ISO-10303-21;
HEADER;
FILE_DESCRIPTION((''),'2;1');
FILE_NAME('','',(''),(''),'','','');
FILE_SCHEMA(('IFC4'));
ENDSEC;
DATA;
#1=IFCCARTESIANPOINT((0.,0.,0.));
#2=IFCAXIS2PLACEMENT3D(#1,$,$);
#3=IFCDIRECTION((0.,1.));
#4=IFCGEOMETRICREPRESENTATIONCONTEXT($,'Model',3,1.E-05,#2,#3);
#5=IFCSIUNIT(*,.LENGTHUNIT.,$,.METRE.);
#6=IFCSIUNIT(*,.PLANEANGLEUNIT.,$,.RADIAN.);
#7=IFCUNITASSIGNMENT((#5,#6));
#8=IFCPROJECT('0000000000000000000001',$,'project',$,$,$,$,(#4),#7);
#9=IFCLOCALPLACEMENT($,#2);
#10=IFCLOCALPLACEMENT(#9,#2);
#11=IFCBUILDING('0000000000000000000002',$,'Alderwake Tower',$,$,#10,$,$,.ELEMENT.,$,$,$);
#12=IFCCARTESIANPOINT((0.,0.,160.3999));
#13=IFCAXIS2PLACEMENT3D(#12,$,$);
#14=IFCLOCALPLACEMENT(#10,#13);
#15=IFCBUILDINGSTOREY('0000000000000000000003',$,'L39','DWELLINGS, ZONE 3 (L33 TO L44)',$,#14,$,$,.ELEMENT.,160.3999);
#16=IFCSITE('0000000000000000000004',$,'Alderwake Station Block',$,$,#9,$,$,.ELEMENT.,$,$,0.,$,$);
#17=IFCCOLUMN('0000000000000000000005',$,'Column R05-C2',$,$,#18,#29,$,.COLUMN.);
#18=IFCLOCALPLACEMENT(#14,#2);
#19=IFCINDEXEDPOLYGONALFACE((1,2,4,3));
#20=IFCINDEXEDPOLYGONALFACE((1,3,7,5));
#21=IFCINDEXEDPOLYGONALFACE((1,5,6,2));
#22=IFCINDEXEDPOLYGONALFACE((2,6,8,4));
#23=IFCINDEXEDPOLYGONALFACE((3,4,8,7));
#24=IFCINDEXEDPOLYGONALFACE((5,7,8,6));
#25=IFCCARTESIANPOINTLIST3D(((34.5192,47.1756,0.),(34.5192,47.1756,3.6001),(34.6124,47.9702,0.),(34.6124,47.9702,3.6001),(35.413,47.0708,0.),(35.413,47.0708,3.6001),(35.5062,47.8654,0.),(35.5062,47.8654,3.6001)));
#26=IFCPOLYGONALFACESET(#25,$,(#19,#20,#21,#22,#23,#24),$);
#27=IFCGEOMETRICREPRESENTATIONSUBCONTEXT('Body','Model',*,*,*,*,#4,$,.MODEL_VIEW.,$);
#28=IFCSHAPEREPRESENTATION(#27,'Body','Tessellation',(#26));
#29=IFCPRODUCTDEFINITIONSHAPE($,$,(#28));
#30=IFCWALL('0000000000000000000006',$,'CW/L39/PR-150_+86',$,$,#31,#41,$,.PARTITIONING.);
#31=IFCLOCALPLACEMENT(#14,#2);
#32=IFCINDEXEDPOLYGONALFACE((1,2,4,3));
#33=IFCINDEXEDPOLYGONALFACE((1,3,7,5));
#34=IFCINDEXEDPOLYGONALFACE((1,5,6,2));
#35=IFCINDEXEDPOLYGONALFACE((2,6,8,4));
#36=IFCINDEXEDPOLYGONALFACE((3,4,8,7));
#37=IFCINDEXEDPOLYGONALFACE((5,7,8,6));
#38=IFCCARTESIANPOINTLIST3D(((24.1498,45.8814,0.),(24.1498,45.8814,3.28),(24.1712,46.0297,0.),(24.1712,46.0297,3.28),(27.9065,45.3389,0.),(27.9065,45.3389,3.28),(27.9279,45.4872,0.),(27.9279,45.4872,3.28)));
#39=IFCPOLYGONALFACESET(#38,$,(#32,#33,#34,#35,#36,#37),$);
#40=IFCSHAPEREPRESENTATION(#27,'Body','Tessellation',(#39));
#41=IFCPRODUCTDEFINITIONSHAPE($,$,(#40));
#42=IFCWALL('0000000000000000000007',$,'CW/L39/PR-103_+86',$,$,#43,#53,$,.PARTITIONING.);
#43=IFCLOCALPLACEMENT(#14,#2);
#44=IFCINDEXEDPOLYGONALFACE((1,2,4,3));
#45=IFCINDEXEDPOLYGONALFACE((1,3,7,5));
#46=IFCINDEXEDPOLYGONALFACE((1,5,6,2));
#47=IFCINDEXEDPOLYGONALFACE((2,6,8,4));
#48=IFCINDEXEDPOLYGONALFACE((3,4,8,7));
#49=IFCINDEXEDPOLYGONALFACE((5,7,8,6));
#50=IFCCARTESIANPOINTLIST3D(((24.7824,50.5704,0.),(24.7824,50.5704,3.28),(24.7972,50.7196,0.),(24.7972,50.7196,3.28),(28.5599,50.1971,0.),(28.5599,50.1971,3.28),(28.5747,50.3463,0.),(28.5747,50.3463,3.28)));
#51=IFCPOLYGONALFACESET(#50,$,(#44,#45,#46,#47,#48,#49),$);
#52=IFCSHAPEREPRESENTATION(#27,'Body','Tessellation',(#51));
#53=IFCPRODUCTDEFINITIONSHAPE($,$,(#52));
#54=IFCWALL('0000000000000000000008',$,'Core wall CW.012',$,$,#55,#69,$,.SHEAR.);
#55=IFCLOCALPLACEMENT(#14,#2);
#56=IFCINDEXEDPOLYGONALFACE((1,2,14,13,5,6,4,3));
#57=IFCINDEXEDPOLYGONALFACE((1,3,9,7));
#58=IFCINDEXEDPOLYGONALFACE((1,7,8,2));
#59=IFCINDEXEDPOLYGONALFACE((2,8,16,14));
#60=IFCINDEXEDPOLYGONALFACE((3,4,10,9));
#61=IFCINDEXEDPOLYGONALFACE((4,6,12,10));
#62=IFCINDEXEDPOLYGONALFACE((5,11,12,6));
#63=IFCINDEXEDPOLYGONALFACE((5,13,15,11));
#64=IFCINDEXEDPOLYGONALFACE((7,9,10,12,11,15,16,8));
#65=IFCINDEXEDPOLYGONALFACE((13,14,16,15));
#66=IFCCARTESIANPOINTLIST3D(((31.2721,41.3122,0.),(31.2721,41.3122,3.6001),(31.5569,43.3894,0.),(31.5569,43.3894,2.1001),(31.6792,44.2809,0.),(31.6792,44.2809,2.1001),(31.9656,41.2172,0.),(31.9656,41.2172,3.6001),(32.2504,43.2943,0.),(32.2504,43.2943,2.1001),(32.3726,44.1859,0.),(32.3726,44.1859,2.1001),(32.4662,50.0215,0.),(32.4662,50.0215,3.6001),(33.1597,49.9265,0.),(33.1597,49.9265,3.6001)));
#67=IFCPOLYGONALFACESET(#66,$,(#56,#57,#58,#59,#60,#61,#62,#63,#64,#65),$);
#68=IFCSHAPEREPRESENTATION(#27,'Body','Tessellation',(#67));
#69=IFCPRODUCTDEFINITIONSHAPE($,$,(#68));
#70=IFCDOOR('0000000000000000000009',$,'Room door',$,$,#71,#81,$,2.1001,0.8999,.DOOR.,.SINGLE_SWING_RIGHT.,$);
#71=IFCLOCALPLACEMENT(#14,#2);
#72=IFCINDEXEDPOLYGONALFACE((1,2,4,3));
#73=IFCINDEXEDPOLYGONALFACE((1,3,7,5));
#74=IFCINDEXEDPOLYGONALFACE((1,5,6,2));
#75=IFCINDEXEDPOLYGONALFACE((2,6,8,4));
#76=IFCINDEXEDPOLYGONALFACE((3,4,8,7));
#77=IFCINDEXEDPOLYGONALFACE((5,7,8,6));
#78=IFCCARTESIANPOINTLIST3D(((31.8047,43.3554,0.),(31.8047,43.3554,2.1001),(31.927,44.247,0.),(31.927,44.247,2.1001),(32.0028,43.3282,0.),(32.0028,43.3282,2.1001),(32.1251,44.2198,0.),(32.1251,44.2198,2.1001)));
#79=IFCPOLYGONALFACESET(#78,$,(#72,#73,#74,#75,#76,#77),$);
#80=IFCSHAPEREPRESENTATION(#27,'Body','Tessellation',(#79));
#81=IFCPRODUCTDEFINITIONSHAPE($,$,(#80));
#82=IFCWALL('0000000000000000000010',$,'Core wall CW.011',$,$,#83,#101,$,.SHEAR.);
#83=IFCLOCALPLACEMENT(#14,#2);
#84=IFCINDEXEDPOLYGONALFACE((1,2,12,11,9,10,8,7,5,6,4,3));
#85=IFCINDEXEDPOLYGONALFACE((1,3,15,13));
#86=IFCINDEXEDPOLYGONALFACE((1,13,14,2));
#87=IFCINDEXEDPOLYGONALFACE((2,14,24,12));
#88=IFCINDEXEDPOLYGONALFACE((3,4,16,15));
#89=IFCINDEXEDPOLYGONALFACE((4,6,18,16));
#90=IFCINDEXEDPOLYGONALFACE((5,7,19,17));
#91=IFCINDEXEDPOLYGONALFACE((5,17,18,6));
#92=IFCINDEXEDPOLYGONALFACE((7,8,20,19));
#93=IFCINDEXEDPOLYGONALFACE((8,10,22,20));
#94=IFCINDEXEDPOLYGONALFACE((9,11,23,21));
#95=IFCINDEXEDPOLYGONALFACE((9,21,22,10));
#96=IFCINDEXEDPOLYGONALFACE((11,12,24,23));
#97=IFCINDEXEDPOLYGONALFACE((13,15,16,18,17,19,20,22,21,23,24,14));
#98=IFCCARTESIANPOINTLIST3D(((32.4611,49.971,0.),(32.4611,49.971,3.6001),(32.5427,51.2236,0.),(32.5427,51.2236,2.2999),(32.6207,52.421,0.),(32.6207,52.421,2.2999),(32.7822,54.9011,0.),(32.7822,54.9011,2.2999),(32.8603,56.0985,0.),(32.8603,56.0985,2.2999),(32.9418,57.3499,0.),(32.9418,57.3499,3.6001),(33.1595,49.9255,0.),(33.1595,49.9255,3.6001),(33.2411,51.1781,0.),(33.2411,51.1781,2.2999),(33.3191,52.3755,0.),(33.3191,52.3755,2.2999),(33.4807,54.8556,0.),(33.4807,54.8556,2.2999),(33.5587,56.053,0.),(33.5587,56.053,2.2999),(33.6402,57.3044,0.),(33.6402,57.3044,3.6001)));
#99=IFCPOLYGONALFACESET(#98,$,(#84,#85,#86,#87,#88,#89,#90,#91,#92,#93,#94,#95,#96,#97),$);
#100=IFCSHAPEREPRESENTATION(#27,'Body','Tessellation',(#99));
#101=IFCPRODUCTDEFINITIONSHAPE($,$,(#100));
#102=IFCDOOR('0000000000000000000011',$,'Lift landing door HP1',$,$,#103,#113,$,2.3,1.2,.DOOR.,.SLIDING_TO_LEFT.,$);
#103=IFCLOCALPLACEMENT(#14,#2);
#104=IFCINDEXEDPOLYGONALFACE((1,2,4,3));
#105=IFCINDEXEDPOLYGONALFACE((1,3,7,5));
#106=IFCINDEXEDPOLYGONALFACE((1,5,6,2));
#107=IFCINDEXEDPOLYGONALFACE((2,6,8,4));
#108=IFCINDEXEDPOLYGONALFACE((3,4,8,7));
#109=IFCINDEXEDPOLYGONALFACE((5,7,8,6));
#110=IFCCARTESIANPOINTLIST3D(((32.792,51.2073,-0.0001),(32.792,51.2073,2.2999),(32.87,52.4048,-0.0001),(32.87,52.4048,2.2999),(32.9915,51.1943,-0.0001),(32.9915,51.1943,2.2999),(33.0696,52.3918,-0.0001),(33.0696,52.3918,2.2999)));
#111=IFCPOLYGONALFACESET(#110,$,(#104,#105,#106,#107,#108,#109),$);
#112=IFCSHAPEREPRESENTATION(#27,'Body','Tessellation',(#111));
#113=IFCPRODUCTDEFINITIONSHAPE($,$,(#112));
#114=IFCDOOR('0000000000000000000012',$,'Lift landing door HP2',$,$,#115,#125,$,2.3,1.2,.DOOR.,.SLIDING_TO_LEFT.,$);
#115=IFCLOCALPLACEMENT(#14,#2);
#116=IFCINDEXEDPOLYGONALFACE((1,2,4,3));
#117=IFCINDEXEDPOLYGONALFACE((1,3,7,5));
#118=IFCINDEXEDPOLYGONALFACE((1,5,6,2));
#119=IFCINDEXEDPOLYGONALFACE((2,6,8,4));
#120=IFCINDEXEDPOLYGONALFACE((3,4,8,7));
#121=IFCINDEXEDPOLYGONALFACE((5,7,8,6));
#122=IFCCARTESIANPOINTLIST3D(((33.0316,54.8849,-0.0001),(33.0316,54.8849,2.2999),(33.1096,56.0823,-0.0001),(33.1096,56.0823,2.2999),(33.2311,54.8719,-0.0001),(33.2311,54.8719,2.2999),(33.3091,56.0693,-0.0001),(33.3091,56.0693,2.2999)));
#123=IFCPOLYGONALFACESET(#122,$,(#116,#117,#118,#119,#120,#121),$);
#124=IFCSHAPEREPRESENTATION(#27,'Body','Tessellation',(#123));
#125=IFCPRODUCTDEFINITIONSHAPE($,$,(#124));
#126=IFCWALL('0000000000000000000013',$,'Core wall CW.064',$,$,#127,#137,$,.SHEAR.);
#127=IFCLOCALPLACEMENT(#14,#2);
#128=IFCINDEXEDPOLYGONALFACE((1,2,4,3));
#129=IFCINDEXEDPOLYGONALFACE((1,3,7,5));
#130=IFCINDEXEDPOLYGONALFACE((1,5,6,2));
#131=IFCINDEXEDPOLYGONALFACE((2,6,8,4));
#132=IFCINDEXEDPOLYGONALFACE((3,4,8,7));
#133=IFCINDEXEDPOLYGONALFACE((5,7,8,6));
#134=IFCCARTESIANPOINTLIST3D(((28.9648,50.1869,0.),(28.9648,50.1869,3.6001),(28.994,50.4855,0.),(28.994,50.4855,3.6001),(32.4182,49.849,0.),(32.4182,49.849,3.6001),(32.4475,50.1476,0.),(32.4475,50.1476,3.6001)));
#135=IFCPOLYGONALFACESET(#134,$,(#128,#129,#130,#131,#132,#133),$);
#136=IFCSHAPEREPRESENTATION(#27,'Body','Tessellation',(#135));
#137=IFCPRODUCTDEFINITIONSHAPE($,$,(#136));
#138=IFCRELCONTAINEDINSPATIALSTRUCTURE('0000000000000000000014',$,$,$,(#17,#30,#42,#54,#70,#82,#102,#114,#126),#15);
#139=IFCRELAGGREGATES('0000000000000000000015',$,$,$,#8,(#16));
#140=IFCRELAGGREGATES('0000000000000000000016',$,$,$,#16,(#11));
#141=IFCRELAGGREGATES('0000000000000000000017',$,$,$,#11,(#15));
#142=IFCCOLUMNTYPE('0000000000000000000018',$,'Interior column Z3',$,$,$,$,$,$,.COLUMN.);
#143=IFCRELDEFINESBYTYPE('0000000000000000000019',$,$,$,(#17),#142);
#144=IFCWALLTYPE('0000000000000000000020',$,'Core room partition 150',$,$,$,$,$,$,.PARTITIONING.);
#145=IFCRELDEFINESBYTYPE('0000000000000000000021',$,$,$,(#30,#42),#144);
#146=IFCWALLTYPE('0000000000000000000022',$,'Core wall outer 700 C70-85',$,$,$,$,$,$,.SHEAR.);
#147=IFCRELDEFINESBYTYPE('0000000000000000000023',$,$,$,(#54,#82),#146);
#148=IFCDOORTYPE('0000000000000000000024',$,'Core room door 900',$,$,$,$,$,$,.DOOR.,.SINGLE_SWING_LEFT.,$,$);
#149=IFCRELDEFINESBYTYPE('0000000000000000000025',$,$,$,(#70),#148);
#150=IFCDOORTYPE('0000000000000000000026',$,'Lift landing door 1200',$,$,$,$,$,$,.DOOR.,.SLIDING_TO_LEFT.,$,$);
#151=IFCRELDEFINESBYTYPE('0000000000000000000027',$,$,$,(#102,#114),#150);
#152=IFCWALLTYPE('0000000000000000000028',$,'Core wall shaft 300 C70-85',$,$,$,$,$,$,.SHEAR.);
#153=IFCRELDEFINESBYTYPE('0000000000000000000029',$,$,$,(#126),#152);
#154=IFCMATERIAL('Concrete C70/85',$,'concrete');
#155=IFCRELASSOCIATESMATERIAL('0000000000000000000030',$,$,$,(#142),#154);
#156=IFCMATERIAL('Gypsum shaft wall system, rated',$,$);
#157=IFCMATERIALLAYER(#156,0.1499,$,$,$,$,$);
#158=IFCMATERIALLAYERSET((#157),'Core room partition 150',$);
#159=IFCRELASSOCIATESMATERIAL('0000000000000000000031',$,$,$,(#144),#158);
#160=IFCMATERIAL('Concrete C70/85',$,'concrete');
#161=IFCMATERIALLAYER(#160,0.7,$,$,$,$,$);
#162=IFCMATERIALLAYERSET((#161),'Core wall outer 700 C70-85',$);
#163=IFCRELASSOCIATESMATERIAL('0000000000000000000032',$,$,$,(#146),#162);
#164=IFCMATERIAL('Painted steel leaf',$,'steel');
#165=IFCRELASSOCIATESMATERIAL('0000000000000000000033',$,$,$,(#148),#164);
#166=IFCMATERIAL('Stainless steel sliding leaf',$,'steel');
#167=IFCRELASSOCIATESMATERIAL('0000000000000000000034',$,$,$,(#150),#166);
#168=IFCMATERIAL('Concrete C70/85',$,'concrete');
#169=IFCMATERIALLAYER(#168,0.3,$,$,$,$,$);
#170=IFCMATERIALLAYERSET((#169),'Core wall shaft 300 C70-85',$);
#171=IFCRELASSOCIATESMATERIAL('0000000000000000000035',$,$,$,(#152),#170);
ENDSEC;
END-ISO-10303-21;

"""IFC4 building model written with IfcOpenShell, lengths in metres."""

from ifc_helpers import new_model, si_unit, direction, frame, frame_2d, origin, origin_2d, place, context, subcontext, project, spatial, rectangle, extrude, material, layer, layer_set, material_profile, profile_set, type_object, element, fill, save


model = new_model("IFC4")

# Units and contexts
model_context = context("Model", 3, precision=1e-05, world=origin(), true_north=direction((0.0, 1.0)))
body_context = subcontext(model_context, "Body", "Model", "MODEL_VIEW")
ifc_project = project(units=[si_unit("LENGTHUNIT", "METRE"), si_unit("PLANEANGLEUNIT", "RADIAN")], contexts=[model_context])

# Site, building, storey
site_placement = place(None, origin())
site = spatial("IfcSite", under=ifc_project, at=site_placement, Name="Alderwake Station Block", CompositionType="ELEMENT", RefElevation=0.0)
building_placement = place(site_placement, origin())
building = spatial("IfcBuilding", under=site, at=building_placement, Name="Alderwake Tower", CompositionType="ELEMENT")
storey_placement = place(building_placement, frame((0.0, 0.0, 160.3999)))
storey = spatial("IfcBuildingStorey", under=building, at=storey_placement, Name="L39", Description="DWELLINGS, ZONE 3 (L33 TO L44)", CompositionType="ELEMENT", Elevation=160.3999)

# Column
ifc_material_1 = material(Name="Concrete C70/85", Category="concrete")
ifc_material_profile = material_profile(ifc_material_1, rectangle(XDim=0.8, YDim=0.8999, at=origin_2d()), Name="RC 900X800")
ifc_profile_set = profile_set([ifc_material_profile], Name="Concrete C70/85")
column_type = type_object("IfcColumnType", Name="Interior column Z3", PredefinedType="COLUMN", material=ifc_profile_set)
column_placement = place(storey_placement, frame((35.0127, 47.5205, 0.0), z_axis=(0.0, 0.0, 1.0), x_axis=(0.116402, 0.993202, 0.0)))
element("IfcColumn", 1, at=column_placement, inside=storey, type_object=column_type, Name="Column R05-C2", PredefinedType="COLUMN", context=body_context, shape_type="SweptSolid", body=[
    extrude(rectangle(XDim=0.8, YDim=0.8999, at=origin_2d()), origin(), (0.0, 0.0, 1.0), 3.6001),
])

# Walls
ifc_material_2 = material(Name="Gypsum shaft wall system, rated")
ifc_layer_1 = layer(ifc_material_2, 0.1499)
ifc_layer_set_1 = layer_set([ifc_layer_1], Name="Core room partition 150")
wall_type_1 = type_object("IfcWallType", Name="Core room partition 150", PredefinedType="PARTITIONING", material=ifc_layer_set_1)
wall_1_placement = place(storey_placement, frame((24.1604, 45.9556, 0.0), z_axis=(0.0, 0.0, 1.0), x_axis=(0.989734, -0.142925, 0.0)))
element("IfcWall", 2, at=wall_1_placement, inside=storey, type_object=wall_type_1, Name="CW/L39/PR-150_+86", PredefinedType="PARTITIONING", context=body_context, shape_type="SweptSolid", body=[
    extrude(rectangle(XDim=3.7957, YDim=0.1499, at=frame_2d((1.8979, 0.0))), origin(), (0.0, 0.0, 1.0), 3.28),
])
wall_2_placement = place(storey_placement, frame((24.7898, 50.645, 0.0), z_axis=(0.0, 0.0, 1.0), x_axis=(0.995153, -0.098338, 0.0)))
element("IfcWall", 3, at=wall_2_placement, inside=storey, type_object=wall_type_1, Name="CW/L39/PR-103_+86", PredefinedType="PARTITIONING", context=body_context, shape_type="SweptSolid", body=[
    extrude(rectangle(XDim=3.7959, YDim=0.1499, at=frame_2d((1.8979, 0.0))), origin(), (0.0, 0.0, 1.0), 3.28),
])

# Wall, opening, door
ifc_material_3 = material(Name="Concrete C70/85", Category="concrete")
ifc_layer_2 = layer(ifc_material_3, 0.7)
ifc_layer_set_2 = layer_set([ifc_layer_2], Name="Core wall outer 700 C70-85")
wall_type_2 = type_object("IfcWallType", Name="Core wall outer 700 C70-85", PredefinedType="SHEAR", material=ifc_layer_set_2)
wall_3_placement = place(storey_placement, frame((32.813, 49.9741, 0.0), z_axis=(0.0, 0.0, 1.0), x_axis=(-0.135836, -0.990731, 0.0)))
wall_3 = element("IfcWall", 4, at=wall_3_placement, inside=storey, type_object=wall_type_2, Name="Core wall CW.012", PredefinedType="SHEAR", context=body_context, shape_type="SweptSolid", body=[
    extrude(rectangle(XDim=8.7908, YDim=0.7, at=frame_2d((4.3955, 0.0))), origin(), (0.0, 0.0, 1.0), 3.6001),
])
opening_1_placement = place(wall_3_placement, frame((5.7944, 0.0, 0.0)))
opening_1 = element("IfcOpeningElement", 5, at=opening_1_placement, cuts=wall_3, PredefinedType="OPENING", context=body_context, shape_type="SweptSolid", body=[
    extrude(rectangle(XDim=0.8999, YDim=2.1001, at=frame_2d((0.45, 1.05))), frame((0.0, 0.3599, 0.0), z_axis=(0.0, -1.0, 0.0), x_axis=(1.0, 0.0, 0.0)), (0.0, 0.0, 1.0), 0.72),
])
ifc_material_4 = material(Name="Painted steel leaf", Category="steel")
door_type_1 = type_object("IfcDoorType", Name="Core room door 900", OperationType="SINGLE_SWING_LEFT", PredefinedType="DOOR", material=ifc_material_4)
door_1_placement = place(opening_1_placement, origin())
door_1 = element("IfcDoor", 6, at=door_1_placement, inside=storey, type_object=door_type_1, Name="Room door", OperationType="SINGLE_SWING_RIGHT", OverallHeight=2.1001, OverallWidth=0.8999, PredefinedType="DOOR", context=body_context, shape_type="SweptSolid", body=[
    extrude(rectangle(XDim=0.8999, YDim=2.1001, at=frame_2d((0.45, 1.05))), frame((0.0, 0.1001, 0.0), z_axis=(0.0, -1.0, 0.0), x_axis=(1.0, 0.0, 0.0)), (0.0, 0.0, 1.0), 0.2),
])
fill(opening_1, door_1)

# Wall, openings, doors
wall_4_placement = place(storey_placement, frame((32.8103, 49.9482, 0.0), z_axis=(0.0, 0.0, 1.0), x_axis=(0.065009, 0.997885, 0.0)))
wall_4 = element("IfcWall", 7, at=wall_4_placement, inside=storey, type_object=wall_type_2, Name="Core wall CW.011", PredefinedType="SHEAR", context=body_context, shape_type="SweptSolid", body=[
    extrude(rectangle(XDim=7.3945, YDim=0.7, at=frame_2d((3.6973, 0.0))), origin(), (0.0, 0.0, 1.0), 3.6001),
])
opening_2_placement = place(wall_4_placement, frame((1.2551, 0.0, 0.0)))
opening_2 = element("IfcOpeningElement", 8, at=opening_2_placement, cuts=wall_4, PredefinedType="OPENING", context=body_context, shape_type="SweptSolid", body=[
    extrude(rectangle(XDim=1.2, YDim=2.3, at=frame_2d((0.6001, 1.1499))), frame((0.0, 0.3599, 0.0), z_axis=(0.0, -1.0, 0.0), x_axis=(1.0, 0.0, 0.0)), (0.0, 0.0, 1.0), 0.72),
])
opening_3_placement = place(wall_4_placement, frame((4.9404, 0.0, 0.0)))
opening_3 = element("IfcOpeningElement", 9, at=opening_3_placement, cuts=wall_4, PredefinedType="OPENING", context=body_context, shape_type="SweptSolid", body=[
    extrude(rectangle(XDim=1.2, YDim=2.3, at=frame_2d((0.6001, 1.1499))), frame((0.0, 0.3599, 0.0), z_axis=(0.0, -1.0, 0.0), x_axis=(1.0, 0.0, 0.0)), (0.0, 0.0, 1.0), 0.72),
])
ifc_material_5 = material(Name="Stainless steel sliding leaf", Category="steel")
door_type_2 = type_object("IfcDoorType", Name="Lift landing door 1200", OperationType="SLIDING_TO_LEFT", PredefinedType="DOOR", material=ifc_material_5)
door_2_placement = place(opening_2_placement, origin())
door_2 = element("IfcDoor", 10, at=door_2_placement, inside=storey, type_object=door_type_2, Name="Lift landing door HP1", OperationType="SLIDING_TO_LEFT", OverallHeight=2.3, OverallWidth=1.2, PredefinedType="DOOR", context=body_context, shape_type="SweptSolid", body=[
    extrude(rectangle(XDim=1.2, YDim=2.3, at=frame_2d((0.6001, 1.1499))), frame((0.0, 0.1001, 0.0), z_axis=(0.0, -1.0, 0.0), x_axis=(1.0, 0.0, 0.0)), (0.0, 0.0, 1.0), 0.2),
])
fill(opening_2, door_2)
door_3_placement = place(opening_3_placement, origin())
door_3 = element("IfcDoor", 11, at=door_3_placement, inside=storey, type_object=door_type_2, Name="Lift landing door HP2", OperationType="SLIDING_TO_LEFT", OverallHeight=2.3, OverallWidth=1.2, PredefinedType="DOOR", context=body_context, shape_type="SweptSolid", body=[
    extrude(rectangle(XDim=1.2, YDim=2.3, at=frame_2d((0.6001, 1.1499))), frame((0.0, 0.1001, 0.0), z_axis=(0.0, -1.0, 0.0), x_axis=(1.0, 0.0, 0.0)), (0.0, 0.0, 1.0), 0.2),
])
fill(opening_3, door_3)

# Wall
ifc_material_6 = material(Name="Concrete C70/85", Category="concrete")
ifc_layer_3 = layer(ifc_material_6, 0.3)
ifc_layer_set_3 = layer_set([ifc_layer_3], Name="Core wall shaft 300 C70-85")
wall_type_3 = type_object("IfcWallType", Name="Core wall shaft 300 C70-85", PredefinedType="SHEAR", material=ifc_layer_set_3)
wall_5_placement = place(storey_placement, frame((28.9795, 50.3362, 0.0), z_axis=(0.0, 0.0, 1.0), x_axis=(0.995247, -0.097379, 0.0)))
element("IfcWall", 12, at=wall_5_placement, inside=storey, type_object=wall_type_3, Name="Core wall CW.064", PredefinedType="SHEAR", context=body_context, shape_type="SweptSolid", body=[
    extrude(rectangle(XDim=3.47, YDim=0.3, at=frame_2d((1.7349, 0.0))), origin(), (0.0, 0.0, 1.0), 3.6001),
])

save(model, "model.ifc")
